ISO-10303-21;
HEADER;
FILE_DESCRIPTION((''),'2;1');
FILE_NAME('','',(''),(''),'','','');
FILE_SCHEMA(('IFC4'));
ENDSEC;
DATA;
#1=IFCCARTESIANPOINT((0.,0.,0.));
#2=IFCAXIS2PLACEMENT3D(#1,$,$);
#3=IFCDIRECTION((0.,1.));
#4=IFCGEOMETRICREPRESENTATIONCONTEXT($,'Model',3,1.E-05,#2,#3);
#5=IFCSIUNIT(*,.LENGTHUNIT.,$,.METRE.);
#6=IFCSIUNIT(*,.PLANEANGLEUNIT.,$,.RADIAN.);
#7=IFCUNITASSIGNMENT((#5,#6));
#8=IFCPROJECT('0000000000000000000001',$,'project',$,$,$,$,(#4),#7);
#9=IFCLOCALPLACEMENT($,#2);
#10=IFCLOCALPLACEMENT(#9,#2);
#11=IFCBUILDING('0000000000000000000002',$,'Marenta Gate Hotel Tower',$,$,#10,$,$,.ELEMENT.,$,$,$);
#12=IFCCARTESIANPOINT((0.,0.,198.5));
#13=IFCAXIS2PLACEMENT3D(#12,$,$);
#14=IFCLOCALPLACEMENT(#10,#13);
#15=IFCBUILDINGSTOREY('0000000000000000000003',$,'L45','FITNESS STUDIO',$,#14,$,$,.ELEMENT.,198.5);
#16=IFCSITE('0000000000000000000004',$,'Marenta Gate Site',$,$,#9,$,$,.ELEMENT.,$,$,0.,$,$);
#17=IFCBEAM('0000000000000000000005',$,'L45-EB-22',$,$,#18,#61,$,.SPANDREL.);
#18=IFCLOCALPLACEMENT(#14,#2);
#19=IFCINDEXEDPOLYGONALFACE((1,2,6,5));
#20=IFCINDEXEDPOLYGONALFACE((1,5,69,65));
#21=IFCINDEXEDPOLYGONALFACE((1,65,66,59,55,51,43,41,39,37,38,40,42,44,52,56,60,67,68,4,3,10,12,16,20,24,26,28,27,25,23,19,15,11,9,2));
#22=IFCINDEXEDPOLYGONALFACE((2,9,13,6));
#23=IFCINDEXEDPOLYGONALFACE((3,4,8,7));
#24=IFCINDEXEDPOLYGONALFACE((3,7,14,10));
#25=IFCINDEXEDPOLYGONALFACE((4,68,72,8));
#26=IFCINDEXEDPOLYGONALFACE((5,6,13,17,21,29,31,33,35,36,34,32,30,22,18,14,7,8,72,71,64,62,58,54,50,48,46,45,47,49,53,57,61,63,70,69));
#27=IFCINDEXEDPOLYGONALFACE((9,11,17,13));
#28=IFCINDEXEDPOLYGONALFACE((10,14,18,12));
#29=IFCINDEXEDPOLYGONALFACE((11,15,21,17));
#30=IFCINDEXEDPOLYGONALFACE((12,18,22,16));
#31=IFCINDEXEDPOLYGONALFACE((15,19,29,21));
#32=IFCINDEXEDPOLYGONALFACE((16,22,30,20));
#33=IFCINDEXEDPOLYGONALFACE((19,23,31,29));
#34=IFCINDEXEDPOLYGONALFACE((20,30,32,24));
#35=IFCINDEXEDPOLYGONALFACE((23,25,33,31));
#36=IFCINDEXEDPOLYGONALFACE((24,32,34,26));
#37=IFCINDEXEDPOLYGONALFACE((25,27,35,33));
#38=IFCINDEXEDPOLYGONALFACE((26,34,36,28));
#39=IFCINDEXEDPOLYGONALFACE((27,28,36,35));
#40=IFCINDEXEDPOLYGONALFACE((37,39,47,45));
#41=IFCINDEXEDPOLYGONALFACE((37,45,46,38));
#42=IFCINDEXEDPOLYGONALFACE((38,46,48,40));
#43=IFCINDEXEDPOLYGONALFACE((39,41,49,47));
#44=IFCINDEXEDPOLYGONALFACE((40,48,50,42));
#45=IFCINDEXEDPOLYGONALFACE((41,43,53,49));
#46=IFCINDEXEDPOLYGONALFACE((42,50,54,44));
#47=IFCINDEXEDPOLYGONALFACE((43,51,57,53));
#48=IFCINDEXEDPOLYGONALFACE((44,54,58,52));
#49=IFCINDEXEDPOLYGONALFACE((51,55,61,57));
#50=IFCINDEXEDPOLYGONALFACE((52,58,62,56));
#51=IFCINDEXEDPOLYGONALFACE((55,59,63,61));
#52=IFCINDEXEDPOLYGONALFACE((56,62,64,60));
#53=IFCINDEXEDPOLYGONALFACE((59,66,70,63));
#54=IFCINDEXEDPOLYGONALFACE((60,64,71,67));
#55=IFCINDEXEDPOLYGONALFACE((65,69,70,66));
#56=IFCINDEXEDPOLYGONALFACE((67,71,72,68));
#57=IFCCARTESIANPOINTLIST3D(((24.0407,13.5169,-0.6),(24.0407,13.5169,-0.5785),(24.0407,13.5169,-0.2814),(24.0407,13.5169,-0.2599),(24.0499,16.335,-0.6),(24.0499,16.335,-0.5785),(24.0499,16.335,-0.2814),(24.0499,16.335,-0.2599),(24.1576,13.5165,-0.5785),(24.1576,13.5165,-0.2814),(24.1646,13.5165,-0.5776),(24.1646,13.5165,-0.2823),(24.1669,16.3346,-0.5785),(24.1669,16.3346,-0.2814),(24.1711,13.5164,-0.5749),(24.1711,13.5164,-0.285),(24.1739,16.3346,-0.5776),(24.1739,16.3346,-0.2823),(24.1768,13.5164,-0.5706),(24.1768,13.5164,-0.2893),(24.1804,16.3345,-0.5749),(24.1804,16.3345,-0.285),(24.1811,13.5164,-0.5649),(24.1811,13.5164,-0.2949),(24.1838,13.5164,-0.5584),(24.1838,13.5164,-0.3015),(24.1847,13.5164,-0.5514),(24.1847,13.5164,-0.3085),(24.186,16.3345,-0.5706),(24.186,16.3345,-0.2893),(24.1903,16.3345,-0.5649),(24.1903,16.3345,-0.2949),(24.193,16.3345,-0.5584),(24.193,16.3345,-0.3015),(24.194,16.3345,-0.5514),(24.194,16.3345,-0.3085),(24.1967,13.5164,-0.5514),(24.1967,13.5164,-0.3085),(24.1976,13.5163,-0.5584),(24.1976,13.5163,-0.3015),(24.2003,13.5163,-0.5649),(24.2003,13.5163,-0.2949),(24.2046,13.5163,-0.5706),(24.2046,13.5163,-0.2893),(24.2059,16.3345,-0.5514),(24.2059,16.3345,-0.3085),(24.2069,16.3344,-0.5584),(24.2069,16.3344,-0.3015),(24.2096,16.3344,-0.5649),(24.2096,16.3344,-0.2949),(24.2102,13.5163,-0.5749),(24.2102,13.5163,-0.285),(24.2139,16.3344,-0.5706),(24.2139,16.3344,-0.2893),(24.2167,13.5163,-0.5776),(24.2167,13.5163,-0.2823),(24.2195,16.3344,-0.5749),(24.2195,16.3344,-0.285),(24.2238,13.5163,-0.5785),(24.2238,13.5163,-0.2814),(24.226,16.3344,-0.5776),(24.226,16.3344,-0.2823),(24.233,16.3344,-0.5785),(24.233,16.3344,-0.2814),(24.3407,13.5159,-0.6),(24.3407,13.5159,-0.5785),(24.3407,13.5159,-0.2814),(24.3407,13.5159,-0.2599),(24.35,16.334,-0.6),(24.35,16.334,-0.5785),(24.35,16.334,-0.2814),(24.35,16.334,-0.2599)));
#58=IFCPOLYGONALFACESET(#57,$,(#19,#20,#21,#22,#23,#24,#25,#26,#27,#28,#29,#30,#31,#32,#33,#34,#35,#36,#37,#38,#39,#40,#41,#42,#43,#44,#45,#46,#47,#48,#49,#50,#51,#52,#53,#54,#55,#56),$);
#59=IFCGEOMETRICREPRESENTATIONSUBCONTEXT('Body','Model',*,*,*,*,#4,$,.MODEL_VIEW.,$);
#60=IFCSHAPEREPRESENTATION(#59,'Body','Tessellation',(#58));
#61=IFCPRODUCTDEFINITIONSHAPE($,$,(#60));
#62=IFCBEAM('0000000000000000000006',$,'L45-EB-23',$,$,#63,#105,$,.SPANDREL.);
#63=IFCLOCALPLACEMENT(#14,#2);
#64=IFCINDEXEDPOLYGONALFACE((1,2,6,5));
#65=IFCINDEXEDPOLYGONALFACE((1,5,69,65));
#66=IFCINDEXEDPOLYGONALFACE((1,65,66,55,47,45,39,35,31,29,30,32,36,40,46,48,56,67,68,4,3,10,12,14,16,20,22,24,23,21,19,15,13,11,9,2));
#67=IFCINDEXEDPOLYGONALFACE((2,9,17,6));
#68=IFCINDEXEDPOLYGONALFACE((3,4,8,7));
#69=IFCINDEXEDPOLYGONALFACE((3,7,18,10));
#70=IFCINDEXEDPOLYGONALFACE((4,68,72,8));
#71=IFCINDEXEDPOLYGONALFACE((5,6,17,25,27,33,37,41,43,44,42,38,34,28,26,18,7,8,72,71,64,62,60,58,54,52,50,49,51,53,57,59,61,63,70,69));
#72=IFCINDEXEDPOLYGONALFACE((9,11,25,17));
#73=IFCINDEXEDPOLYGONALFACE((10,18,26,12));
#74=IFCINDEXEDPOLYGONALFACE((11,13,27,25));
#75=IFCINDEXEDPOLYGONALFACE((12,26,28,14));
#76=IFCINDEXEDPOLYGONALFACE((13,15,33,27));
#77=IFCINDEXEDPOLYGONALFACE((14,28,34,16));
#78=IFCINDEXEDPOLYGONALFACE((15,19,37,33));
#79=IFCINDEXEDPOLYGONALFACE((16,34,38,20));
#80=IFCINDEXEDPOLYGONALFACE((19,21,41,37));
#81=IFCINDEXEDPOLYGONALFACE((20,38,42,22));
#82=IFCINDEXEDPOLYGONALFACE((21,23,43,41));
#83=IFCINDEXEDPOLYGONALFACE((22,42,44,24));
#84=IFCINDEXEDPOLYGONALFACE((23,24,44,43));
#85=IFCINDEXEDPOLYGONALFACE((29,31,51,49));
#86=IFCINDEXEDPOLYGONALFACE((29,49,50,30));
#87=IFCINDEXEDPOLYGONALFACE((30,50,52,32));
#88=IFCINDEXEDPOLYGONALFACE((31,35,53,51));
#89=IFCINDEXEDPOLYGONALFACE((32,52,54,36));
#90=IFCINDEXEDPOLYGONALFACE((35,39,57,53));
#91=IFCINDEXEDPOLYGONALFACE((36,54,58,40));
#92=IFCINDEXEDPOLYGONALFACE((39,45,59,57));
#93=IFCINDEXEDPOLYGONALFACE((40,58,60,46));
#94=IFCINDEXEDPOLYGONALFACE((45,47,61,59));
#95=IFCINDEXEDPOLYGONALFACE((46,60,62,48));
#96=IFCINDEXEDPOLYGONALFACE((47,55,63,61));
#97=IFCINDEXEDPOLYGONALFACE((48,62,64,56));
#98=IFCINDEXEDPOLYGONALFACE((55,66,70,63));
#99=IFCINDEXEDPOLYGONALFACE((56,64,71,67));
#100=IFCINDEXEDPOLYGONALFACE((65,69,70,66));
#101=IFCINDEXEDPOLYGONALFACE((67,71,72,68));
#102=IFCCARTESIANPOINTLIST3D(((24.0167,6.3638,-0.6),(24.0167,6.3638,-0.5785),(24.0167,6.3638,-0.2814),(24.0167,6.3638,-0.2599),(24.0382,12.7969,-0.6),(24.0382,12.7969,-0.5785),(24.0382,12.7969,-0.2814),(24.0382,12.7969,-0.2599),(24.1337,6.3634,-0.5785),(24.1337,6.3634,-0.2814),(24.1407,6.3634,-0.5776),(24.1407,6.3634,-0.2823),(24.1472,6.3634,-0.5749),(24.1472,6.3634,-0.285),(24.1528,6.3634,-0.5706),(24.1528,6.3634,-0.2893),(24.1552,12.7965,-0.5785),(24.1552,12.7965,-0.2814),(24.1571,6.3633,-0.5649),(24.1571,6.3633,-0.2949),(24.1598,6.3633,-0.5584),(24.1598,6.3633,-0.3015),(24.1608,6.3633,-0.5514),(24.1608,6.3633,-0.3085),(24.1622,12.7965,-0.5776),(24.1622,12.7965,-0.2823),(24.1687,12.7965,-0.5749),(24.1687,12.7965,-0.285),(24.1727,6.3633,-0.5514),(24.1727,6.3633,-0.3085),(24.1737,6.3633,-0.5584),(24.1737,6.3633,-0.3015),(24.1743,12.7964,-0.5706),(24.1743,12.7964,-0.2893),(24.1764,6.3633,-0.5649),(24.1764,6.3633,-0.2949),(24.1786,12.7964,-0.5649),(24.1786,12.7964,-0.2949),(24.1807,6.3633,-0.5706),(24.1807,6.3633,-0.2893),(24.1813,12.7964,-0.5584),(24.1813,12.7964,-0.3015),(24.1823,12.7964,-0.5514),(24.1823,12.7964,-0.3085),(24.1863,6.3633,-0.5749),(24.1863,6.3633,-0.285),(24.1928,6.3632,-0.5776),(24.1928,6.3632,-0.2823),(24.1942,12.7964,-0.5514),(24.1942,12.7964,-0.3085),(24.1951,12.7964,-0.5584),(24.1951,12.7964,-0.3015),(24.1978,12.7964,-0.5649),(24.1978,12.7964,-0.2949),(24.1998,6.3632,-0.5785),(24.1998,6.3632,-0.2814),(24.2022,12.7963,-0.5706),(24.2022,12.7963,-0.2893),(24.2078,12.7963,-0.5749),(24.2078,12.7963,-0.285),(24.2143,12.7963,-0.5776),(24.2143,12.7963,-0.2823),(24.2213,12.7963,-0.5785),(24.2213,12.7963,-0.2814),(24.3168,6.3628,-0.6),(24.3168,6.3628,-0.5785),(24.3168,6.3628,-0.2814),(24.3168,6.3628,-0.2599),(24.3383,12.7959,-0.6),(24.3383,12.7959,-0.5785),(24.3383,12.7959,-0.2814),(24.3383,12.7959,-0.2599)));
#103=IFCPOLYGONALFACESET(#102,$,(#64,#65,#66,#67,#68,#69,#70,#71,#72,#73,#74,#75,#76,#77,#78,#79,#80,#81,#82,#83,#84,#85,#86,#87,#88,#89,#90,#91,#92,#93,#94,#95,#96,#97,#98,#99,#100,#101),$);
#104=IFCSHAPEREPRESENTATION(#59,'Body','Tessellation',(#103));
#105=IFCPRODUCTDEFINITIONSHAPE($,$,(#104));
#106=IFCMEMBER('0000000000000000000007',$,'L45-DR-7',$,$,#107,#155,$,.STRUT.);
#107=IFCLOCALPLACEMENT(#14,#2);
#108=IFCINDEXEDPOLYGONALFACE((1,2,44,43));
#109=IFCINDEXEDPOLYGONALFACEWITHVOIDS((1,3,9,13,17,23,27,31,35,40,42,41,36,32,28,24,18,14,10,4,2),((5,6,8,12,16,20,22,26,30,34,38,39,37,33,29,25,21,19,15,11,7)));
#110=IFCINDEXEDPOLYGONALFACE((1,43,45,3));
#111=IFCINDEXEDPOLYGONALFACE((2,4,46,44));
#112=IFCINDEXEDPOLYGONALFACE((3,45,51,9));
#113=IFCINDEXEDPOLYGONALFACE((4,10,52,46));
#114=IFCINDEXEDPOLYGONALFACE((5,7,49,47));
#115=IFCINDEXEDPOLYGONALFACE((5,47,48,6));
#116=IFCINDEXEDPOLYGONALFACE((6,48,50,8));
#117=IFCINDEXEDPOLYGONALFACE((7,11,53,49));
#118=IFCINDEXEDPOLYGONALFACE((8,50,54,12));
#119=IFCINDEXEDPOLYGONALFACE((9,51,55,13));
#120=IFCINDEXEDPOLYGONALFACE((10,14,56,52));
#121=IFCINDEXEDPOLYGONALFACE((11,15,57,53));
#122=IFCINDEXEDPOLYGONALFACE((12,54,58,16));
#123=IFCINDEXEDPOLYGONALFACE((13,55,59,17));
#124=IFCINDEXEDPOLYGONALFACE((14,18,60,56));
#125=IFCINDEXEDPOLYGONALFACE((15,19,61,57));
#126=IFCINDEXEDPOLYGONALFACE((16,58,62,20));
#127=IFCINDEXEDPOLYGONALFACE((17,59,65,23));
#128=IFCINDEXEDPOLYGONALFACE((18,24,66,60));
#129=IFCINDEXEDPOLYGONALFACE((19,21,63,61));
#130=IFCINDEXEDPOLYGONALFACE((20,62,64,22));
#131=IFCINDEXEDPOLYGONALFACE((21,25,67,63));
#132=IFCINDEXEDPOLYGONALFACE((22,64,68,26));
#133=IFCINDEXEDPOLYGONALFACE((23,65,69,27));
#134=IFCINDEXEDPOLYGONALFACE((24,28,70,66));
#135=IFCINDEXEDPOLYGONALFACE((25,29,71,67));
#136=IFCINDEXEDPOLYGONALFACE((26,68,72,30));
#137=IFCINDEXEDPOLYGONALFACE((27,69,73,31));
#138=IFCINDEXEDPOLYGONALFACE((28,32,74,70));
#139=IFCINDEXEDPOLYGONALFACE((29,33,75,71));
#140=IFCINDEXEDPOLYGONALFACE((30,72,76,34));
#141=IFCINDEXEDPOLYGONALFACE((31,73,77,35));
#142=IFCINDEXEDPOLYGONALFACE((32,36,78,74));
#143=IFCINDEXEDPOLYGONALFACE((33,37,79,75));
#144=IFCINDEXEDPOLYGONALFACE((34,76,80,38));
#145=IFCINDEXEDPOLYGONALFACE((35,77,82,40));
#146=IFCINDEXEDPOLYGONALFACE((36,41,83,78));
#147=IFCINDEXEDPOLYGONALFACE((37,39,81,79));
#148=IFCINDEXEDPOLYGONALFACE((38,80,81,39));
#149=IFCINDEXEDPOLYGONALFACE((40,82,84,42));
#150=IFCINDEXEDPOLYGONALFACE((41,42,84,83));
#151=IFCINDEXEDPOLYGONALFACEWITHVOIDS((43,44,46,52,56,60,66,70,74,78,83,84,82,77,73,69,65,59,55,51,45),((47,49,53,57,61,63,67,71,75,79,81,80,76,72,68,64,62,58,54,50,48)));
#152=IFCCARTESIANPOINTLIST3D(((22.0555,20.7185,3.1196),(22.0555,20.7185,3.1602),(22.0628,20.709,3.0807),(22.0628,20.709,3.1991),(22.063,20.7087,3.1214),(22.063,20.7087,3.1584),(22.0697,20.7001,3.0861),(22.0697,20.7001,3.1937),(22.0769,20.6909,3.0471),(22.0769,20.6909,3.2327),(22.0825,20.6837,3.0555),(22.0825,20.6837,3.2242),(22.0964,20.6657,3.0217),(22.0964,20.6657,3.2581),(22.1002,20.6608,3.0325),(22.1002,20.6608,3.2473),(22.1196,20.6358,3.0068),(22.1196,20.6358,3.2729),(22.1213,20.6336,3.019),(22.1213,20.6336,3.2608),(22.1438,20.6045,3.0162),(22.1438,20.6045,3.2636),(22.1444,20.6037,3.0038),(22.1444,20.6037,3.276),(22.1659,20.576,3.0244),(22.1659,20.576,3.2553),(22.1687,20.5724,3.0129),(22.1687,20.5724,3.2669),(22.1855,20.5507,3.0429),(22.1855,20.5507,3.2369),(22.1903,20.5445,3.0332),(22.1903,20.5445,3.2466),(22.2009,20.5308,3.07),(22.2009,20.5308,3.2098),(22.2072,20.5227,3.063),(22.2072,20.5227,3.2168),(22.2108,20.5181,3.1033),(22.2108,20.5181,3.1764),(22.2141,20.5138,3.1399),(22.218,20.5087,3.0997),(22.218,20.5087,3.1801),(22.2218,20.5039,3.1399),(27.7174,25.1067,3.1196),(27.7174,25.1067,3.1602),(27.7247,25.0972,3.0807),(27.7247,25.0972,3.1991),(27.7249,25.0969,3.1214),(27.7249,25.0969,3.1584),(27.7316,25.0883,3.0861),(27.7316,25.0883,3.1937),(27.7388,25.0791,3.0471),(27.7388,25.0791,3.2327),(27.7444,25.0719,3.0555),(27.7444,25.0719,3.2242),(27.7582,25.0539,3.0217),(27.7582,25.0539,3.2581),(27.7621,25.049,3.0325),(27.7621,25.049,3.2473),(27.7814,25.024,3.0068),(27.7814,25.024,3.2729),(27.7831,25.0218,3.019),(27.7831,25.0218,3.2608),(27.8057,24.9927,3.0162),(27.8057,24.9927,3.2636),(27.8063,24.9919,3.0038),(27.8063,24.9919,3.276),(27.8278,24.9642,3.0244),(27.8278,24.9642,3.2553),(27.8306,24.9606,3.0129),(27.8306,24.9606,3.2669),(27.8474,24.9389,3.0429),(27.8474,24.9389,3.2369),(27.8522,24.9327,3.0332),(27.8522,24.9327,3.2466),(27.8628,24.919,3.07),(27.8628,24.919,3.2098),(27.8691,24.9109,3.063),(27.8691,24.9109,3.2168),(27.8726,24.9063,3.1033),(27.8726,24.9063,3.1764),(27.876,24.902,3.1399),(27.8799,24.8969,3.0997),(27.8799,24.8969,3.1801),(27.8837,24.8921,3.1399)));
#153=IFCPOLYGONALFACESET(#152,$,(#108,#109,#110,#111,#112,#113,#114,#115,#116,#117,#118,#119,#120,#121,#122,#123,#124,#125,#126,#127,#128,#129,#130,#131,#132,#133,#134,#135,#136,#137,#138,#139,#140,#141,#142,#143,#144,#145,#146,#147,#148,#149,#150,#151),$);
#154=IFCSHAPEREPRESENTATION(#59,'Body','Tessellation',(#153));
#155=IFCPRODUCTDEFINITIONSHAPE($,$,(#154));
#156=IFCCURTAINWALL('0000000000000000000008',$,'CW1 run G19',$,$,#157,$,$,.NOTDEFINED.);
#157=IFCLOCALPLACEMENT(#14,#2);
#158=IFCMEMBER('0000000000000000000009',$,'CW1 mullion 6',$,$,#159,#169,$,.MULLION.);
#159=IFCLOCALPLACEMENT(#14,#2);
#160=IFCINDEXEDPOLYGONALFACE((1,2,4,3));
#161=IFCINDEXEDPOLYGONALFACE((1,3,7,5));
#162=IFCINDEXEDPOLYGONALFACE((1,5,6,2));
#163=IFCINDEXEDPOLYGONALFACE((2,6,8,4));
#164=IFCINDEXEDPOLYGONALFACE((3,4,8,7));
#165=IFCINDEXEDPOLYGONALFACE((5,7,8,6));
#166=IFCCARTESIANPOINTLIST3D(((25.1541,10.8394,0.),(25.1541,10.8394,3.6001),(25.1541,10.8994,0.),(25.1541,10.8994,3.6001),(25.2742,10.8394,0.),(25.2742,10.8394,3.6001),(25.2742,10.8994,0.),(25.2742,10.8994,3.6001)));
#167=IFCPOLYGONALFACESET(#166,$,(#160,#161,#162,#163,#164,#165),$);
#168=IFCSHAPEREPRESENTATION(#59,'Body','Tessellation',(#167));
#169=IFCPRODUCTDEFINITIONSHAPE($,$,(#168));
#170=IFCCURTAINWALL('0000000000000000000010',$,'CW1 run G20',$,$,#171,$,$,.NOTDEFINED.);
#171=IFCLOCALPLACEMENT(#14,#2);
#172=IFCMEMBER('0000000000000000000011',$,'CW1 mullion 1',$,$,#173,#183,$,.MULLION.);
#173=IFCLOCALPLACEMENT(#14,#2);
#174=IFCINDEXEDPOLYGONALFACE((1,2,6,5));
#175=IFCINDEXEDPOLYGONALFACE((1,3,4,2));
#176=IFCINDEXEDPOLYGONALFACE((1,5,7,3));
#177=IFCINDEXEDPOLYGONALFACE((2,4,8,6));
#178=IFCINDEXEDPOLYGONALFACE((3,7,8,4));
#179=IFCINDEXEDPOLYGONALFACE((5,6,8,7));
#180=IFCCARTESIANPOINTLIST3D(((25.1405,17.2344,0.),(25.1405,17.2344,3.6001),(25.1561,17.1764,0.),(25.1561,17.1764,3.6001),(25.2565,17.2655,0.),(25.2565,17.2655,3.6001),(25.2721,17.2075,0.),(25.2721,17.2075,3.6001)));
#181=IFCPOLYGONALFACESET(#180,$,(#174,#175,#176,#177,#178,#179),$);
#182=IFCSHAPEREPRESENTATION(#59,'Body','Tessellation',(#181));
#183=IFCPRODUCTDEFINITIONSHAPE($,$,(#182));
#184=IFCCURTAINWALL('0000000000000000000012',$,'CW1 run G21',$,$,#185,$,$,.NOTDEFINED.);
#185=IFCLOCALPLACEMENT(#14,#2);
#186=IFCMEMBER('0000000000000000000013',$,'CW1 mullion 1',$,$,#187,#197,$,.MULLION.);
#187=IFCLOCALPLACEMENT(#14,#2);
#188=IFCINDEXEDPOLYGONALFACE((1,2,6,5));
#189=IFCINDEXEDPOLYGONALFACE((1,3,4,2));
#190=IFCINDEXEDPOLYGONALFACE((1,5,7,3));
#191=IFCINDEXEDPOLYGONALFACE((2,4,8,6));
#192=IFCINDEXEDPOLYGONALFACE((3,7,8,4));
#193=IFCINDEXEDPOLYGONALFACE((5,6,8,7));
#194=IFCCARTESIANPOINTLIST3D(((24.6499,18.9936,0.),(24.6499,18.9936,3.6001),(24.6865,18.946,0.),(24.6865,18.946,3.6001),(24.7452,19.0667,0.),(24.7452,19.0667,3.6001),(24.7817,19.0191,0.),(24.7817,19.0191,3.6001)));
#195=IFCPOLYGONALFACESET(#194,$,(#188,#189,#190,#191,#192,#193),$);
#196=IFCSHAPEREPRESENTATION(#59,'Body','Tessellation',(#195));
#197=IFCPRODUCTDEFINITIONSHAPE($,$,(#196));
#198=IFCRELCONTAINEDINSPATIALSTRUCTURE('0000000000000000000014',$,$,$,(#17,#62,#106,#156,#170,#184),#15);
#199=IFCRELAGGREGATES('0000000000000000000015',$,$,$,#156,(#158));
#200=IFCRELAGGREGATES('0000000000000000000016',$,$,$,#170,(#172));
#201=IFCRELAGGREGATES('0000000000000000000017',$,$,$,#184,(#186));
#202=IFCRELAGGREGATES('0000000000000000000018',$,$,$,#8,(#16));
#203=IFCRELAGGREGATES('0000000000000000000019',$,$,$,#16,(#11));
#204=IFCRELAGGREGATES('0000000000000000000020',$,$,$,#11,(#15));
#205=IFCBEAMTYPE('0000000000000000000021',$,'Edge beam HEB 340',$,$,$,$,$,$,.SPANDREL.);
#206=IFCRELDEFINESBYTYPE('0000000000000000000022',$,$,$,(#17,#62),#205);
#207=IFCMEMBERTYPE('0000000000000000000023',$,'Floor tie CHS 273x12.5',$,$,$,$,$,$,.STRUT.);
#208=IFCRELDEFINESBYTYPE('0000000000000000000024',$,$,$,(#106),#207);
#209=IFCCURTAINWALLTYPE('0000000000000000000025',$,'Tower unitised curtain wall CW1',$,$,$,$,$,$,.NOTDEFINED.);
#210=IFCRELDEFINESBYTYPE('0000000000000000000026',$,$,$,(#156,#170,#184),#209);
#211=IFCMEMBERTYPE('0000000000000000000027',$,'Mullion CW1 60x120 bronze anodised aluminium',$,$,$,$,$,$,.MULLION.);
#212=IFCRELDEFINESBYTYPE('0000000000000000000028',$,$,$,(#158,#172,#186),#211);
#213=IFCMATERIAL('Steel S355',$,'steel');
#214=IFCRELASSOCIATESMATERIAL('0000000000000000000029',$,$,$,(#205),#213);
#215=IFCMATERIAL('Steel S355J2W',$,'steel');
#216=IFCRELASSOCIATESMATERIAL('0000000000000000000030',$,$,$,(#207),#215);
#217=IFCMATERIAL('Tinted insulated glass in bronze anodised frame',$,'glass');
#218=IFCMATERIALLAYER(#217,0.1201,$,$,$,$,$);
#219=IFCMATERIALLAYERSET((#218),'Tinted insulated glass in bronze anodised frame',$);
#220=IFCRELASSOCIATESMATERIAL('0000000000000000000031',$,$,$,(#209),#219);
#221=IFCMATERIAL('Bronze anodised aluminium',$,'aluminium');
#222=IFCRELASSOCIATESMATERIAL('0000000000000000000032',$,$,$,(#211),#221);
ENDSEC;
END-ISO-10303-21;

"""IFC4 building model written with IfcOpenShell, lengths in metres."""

from ifc_helpers import new_model, si_unit, direction, frame, origin, origin_2d, place, context, subcontext, project, spatial, rectangle, hollow_circle, i_section, extrude, material, layer, layer_set, material_profile, profile_set, type_object, element, aggregate, save


model = new_model("IFC4")

# Units and contexts
model_context = context("Model", 3, precision=1e-05, world=origin(), true_north=direction((0.0, 1.0)))
body_context = subcontext(model_context, "Body", "Model", "MODEL_VIEW")
ifc_project = project(units=[si_unit("LENGTHUNIT", "METRE"), si_unit("PLANEANGLEUNIT", "RADIAN")], contexts=[model_context])

# Site, building, storey
site_placement = place(None, origin())
site = spatial("IfcSite", under=ifc_project, at=site_placement, Name="Marenta Gate Site", CompositionType="ELEMENT", RefElevation=0.0)
building_placement = place(site_placement, origin())
building = spatial("IfcBuilding", under=site, at=building_placement, Name="Marenta Gate Hotel Tower", CompositionType="ELEMENT")
storey_placement = place(building_placement, frame((0.0, 0.0, 198.5)))
storey = spatial("IfcBuildingStorey", under=building, at=storey_placement, Name="L45", Description="FITNESS STUDIO", CompositionType="ELEMENT", Elevation=198.5)

# Beams
ifc_material_1 = material(Name="Steel S355", Category="steel")
ifc_material_profile_1 = material_profile(ifc_material_1, i_section(OverallWidth=0.3, OverallDepth=0.3401, WebThickness=0.012, FlangeThickness=0.0215, FilletRadius=0.0271, at=origin_2d()), Name="HEB 340")
ifc_profile_set_1 = profile_set([ifc_material_profile_1], Name="Steel S355")
beam_type = type_object("IfcBeamType", Name="Edge beam HEB 340", PredefinedType="SPANDREL", material=ifc_profile_set_1)
beam_1_placement = place(storey_placement, frame((24.2, 16.3345, -0.4299), z_axis=(-0.003292, -0.999995, 0.0), x_axis=(0.999995, -0.003292, 0.0)))
element("IfcBeam", 1, at=beam_1_placement, inside=storey, type_object=beam_type, Name="L45-EB-22", PredefinedType="SPANDREL", context=body_context, shape_type="SweptSolid", body=[
    extrude(i_section(OverallWidth=0.3, OverallDepth=0.3401, WebThickness=0.012, FlangeThickness=0.0215, FilletRadius=0.0271, at=origin_2d()), origin(), (0.0, 0.0, 1.0), 2.8181),
])
beam_2_placement = place(storey_placement, frame((24.1882, 12.7964, -0.4299), z_axis=(-0.00334, -0.999994, 0.0), x_axis=(0.999994, -0.00334, 0.0)))
element("IfcBeam", 2, at=beam_2_placement, inside=storey, type_object=beam_type, Name="L45-EB-23", PredefinedType="SPANDREL", context=body_context, shape_type="SweptSolid", body=[
    extrude(i_section(OverallWidth=0.3, OverallDepth=0.3401, WebThickness=0.012, FlangeThickness=0.0215, FilletRadius=0.0271, at=origin_2d()), origin(), (0.0, 0.0, 1.0), 6.4331),
])

# Member
ifc_material_2 = material(Name="Steel S355J2W", Category="steel")
ifc_material_profile_2 = material_profile(ifc_material_2, hollow_circle(Radius=0.1365, WallThickness=0.0125, at=origin_2d()), Name="CHS 273x12.5")
ifc_profile_set_2 = profile_set([ifc_material_profile_2], Name="Steel S355J2W")
member_type_1 = type_object("IfcMemberType", Name="Floor tie CHS 273x12.5", PredefinedType="STRUT", material=ifc_profile_set_2)
member_1_placement = place(storey_placement, frame((27.8, 25.0, 3.1399), z_axis=(-0.790399, -0.612592, 0.0), x_axis=(0.612592, -0.790399, 0.0)))
element("IfcMember", 3, at=member_1_placement, inside=storey, type_object=member_type_1, Name="L45-DR-7", PredefinedType="STRUT", context=body_context, shape_type="SweptSolid", body=[
    extrude(hollow_circle(Radius=0.1365, WallThickness=0.0125, at=origin_2d()), origin(), (0.0, 0.0, 1.0), 7.1633),
])

# Curtain walls, members
ifc_material_3 = material(Name="Tinted insulated glass in bronze anodised frame", Category="glass")
ifc_layer_1 = layer(ifc_material_3, 0.1201)
ifc_layer_set_1 = layer_set([ifc_layer_1], Name="Tinted insulated glass in bronze anodised frame")
curtain_wall_type = type_object("IfcCurtainWallType", Name="Tower unitised curtain wall CW1", PredefinedType="NOTDEFINED", material=ifc_layer_set_1)
curtain_wall_1_placement = place(storey_placement, origin())
curtain_wall_1 = element("IfcCurtainWall", 4, at=curtain_wall_1_placement, inside=storey, type_object=curtain_wall_type, Name="CW1 run G19", PredefinedType="NOTDEFINED")
ifc_material_4 = material(Name="Bronze anodised aluminium", Category="aluminium")
ifc_material_profile_3 = material_profile(ifc_material_4, rectangle(XDim=0.1201, YDim=0.0601, at=origin_2d()), Name="Mullion CW1 60x120 bronze anodised aluminium")
ifc_profile_set_3 = profile_set([ifc_material_profile_3], Name="Bronze anodised aluminium")
member_type_2 = type_object("IfcMemberType", Name="Mullion CW1 60x120 bronze anodised aluminium", PredefinedType="MULLION", material=ifc_profile_set_3)
member_2_placement = place(storey_placement, frame((25.2141, 10.8694, 0.0), z_axis=(0.0, 0.0, 1.0), x_axis=(-1.0, 0.0, 0.0)))
member_2 = element("IfcMember", 5, at=member_2_placement, type_object=member_type_2, Name="CW1 mullion 6", PredefinedType="MULLION", context=body_context, shape_type="SweptSolid", body=[
    extrude(rectangle(XDim=0.1201, YDim=0.0601, at=origin_2d()), origin(), (0.0, 0.0, 1.0), 3.6001),
])
curtain_wall_2_placement = place(storey_placement, origin())
curtain_wall_2 = element("IfcCurtainWall", 6, at=curtain_wall_2_placement, inside=storey, type_object=curtain_wall_type, Name="CW1 run G20", PredefinedType="NOTDEFINED")
member_3_placement = place(storey_placement, frame((25.2063, 17.2209, 0.0), z_axis=(0.0, 0.0, 1.0), x_axis=(-0.965924, -0.258824, 0.0)))
member_3 = element("IfcMember", 7, at=member_3_placement, type_object=member_type_2, Name="CW1 mullion 1", PredefinedType="MULLION", context=body_context, shape_type="SweptSolid", body=[
    extrude(rectangle(XDim=0.1201, YDim=0.0601, at=origin_2d()), origin(), (0.0, 0.0, 1.0), 3.6001),
])
curtain_wall_3_placement = place(storey_placement, origin())
curtain_wall_3 = element("IfcCurtainWall", 8, at=curtain_wall_3_placement, inside=storey, type_object=curtain_wall_type, Name="CW1 run G21", PredefinedType="NOTDEFINED")
member_4_placement = place(storey_placement, frame((24.7158, 19.0063, 0.0), z_axis=(0.0, 0.0, 1.0), x_axis=(-0.793333, -0.608787, 0.0)))
member_4 = element("IfcMember", 9, at=member_4_placement, type_object=member_type_2, Name="CW1 mullion 1", PredefinedType="MULLION", context=body_context, shape_type="SweptSolid", body=[
    extrude(rectangle(XDim=0.1201, YDim=0.0601, at=origin_2d()), origin(), (0.0, 0.0, 1.0), 3.6001),
])

aggregate(curtain_wall_1, [member_2])
aggregate(curtain_wall_2, [member_3])
aggregate(curtain_wall_3, [member_4])

save(model, "model.ifc")
